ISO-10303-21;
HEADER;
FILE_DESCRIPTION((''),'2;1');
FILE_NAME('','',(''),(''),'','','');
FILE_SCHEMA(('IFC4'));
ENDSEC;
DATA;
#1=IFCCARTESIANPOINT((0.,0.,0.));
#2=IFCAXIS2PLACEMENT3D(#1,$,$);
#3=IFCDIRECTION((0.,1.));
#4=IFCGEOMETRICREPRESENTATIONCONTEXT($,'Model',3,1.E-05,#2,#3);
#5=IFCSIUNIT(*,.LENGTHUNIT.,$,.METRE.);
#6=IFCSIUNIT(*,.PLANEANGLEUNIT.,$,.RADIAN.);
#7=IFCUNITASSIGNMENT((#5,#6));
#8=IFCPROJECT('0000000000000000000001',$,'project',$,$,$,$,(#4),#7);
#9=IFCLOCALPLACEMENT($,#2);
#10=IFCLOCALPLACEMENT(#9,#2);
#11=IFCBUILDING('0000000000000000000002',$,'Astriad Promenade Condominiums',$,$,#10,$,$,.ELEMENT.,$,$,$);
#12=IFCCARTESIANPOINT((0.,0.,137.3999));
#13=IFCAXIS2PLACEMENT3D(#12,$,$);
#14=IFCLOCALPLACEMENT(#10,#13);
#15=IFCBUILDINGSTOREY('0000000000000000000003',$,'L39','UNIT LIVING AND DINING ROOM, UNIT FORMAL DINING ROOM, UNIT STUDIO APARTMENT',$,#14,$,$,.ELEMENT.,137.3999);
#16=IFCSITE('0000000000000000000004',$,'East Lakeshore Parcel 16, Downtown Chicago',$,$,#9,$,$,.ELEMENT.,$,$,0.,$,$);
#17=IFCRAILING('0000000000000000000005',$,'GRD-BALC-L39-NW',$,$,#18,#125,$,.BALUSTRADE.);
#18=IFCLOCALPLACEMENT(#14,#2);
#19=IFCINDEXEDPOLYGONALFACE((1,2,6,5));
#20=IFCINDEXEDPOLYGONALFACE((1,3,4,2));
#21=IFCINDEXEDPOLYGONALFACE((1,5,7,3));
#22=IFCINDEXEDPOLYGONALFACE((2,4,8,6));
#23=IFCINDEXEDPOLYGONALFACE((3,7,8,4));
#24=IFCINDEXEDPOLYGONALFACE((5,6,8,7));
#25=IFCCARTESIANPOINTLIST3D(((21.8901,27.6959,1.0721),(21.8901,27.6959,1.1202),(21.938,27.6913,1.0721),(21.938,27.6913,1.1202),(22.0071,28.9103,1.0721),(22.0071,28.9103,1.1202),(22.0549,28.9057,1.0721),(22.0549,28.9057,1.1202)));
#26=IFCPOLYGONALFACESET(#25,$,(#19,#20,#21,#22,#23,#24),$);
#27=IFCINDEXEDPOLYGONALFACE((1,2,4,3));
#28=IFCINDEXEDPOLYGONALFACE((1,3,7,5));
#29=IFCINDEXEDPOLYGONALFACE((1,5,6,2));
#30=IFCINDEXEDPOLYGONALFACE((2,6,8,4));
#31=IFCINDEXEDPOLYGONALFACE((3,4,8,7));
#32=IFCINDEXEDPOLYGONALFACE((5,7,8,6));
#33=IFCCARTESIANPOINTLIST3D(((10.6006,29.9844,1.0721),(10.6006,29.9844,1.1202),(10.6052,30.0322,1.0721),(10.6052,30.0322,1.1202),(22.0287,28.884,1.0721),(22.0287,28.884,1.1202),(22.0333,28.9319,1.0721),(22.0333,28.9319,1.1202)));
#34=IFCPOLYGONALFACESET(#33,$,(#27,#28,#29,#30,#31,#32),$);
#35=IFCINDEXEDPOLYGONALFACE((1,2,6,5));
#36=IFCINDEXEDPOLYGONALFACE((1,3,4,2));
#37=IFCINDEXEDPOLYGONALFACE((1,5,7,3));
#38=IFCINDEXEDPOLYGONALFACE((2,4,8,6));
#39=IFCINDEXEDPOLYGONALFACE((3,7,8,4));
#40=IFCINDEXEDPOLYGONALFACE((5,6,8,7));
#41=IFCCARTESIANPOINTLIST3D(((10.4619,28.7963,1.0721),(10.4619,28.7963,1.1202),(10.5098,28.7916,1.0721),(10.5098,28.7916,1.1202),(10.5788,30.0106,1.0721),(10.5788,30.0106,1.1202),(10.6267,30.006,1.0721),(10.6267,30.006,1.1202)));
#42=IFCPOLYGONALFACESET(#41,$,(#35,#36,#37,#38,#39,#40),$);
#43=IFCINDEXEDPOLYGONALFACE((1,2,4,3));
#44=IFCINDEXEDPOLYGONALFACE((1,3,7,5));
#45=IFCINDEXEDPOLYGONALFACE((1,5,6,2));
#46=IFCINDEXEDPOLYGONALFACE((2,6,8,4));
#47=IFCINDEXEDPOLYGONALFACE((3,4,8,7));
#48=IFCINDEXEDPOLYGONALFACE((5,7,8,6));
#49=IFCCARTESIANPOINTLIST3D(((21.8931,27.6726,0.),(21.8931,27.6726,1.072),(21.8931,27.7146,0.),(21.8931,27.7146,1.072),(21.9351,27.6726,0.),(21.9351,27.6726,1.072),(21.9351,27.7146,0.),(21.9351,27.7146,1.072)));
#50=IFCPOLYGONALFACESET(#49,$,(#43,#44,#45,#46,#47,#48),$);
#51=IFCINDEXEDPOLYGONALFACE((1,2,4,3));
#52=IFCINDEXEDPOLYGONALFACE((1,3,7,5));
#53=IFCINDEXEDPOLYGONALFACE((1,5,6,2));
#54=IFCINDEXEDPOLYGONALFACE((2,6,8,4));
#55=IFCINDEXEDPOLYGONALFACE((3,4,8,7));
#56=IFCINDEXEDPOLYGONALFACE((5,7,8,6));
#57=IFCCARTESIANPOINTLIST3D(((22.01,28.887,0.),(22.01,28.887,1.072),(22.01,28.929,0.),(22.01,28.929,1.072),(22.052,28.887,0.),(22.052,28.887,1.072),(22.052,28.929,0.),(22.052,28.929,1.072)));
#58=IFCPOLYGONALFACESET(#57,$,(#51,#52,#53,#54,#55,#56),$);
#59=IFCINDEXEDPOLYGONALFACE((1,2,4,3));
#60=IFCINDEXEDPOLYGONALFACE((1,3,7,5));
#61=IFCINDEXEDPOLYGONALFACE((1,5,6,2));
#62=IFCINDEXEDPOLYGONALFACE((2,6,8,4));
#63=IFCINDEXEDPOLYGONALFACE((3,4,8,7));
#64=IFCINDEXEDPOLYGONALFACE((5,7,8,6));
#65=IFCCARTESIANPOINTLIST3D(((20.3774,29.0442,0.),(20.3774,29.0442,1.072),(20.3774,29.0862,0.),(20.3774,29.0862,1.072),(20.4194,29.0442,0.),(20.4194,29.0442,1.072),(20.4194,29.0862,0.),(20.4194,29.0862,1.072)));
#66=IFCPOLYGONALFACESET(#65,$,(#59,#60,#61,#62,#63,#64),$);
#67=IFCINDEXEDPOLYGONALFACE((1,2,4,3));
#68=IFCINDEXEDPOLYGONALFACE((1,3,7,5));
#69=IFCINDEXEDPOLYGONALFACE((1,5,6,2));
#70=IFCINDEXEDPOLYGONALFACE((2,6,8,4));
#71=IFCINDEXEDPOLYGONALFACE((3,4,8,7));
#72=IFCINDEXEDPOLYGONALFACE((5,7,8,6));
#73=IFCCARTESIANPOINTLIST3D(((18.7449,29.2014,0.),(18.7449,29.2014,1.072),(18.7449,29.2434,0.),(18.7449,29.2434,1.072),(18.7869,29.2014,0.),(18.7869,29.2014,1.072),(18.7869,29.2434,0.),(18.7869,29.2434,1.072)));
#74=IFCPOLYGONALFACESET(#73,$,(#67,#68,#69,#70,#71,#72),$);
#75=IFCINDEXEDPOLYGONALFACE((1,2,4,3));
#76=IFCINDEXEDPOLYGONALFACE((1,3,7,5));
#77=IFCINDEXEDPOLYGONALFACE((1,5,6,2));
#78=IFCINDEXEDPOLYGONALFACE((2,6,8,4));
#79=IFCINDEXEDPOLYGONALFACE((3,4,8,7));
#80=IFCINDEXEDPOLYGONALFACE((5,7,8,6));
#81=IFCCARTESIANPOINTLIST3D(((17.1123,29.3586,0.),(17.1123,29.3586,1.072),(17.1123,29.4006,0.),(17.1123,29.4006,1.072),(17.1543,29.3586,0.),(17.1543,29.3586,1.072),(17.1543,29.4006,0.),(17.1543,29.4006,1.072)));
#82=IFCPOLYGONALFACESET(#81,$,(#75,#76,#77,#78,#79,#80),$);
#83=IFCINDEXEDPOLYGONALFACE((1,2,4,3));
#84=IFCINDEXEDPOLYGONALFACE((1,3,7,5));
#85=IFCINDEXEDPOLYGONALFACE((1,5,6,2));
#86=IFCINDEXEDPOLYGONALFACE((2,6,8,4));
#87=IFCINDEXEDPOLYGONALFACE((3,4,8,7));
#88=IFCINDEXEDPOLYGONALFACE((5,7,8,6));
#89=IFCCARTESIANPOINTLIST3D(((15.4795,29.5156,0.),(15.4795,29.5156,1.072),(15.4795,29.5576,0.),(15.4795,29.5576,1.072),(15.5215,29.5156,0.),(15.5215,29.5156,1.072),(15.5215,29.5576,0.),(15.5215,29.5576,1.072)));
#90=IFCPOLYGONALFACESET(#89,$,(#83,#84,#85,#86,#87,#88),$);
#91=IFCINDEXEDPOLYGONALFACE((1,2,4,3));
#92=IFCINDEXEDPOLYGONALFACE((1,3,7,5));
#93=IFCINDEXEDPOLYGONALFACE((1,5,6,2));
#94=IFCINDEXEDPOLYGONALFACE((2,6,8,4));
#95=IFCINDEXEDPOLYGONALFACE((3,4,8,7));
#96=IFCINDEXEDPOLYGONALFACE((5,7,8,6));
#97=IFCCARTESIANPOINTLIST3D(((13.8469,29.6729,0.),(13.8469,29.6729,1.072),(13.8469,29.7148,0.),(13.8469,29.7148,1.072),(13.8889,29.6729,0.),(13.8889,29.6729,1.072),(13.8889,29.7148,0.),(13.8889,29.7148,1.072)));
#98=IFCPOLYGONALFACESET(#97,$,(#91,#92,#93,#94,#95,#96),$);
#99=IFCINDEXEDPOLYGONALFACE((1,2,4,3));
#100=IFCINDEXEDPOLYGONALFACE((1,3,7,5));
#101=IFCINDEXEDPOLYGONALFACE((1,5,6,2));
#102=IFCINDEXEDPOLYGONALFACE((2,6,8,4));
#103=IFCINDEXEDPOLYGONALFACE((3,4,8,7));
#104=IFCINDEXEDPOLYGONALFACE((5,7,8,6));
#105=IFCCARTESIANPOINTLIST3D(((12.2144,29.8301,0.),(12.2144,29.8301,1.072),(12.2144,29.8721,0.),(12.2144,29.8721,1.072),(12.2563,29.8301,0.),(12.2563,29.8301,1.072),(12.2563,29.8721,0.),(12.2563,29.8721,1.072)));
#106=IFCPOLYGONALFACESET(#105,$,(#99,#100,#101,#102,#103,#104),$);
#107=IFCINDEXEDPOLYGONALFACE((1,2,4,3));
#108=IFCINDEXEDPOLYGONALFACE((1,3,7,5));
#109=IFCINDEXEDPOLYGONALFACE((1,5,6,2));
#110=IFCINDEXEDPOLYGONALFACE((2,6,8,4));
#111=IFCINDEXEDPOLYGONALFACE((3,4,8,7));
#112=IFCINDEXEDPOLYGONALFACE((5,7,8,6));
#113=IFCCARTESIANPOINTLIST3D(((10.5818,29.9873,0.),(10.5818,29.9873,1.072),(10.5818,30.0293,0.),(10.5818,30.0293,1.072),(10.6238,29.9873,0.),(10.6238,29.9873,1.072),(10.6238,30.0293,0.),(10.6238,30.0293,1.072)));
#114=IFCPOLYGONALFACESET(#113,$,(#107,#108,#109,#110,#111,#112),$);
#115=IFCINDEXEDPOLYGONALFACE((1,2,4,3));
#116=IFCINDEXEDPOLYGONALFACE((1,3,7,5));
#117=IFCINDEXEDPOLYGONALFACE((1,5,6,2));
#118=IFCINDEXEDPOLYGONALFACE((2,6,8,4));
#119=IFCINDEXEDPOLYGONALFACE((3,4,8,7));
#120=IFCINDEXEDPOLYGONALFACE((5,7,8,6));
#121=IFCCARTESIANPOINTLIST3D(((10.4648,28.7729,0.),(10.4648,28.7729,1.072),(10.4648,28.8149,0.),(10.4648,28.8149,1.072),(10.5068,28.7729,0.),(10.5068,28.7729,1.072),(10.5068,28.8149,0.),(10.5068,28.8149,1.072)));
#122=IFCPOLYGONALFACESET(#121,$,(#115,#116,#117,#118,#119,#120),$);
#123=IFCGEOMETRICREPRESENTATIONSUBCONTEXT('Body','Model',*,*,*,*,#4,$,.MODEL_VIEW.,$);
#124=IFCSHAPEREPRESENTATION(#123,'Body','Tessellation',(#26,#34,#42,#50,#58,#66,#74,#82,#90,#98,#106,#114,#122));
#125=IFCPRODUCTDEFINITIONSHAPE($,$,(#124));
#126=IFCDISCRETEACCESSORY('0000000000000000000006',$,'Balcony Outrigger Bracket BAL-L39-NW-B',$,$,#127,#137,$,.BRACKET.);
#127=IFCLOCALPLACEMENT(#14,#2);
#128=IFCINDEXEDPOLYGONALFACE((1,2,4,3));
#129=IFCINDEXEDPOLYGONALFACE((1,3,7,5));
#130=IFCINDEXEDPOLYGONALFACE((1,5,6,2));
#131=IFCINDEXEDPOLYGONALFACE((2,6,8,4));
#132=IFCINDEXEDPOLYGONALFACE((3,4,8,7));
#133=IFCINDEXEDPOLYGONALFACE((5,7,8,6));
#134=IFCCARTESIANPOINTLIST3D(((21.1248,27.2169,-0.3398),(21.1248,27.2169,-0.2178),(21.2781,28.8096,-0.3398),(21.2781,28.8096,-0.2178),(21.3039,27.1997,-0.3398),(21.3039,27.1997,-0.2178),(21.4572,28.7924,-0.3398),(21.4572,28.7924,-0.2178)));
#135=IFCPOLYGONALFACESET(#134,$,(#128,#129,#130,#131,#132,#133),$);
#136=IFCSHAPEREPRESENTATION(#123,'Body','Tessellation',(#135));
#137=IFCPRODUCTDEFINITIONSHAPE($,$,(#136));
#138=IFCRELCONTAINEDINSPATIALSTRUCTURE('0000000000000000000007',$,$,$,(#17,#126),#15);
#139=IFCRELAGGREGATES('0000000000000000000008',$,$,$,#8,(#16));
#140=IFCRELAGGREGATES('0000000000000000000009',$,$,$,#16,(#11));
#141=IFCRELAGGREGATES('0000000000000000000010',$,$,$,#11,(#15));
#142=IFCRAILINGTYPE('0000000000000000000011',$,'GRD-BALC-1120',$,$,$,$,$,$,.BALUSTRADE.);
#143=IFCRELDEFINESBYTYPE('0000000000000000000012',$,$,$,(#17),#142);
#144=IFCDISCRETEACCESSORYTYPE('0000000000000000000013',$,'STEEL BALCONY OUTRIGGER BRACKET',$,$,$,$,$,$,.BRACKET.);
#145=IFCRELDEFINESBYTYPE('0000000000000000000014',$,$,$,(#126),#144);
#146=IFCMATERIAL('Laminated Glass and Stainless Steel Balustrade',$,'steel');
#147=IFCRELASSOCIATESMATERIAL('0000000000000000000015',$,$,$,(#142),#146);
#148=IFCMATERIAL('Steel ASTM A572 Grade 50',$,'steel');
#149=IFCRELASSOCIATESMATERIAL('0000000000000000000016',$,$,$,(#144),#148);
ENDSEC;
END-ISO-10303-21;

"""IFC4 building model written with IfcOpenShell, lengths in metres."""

from ifc_helpers import new_model, si_unit, direction, frame, origin, origin_2d, place, context, subcontext, project, spatial, rectangle, extrude, source, transform, mapped, material, type_object, type_shapes, element, save


model = new_model("IFC4")

# Units and contexts
model_context = context("Model", 3, precision=1e-05, world=origin(), true_north=direction((0.0, 1.0)))
body_context = subcontext(model_context, "Body", "Model", "MODEL_VIEW")
ifc_project = project(units=[si_unit("LENGTHUNIT", "METRE"), si_unit("PLANEANGLEUNIT", "RADIAN")], contexts=[model_context])

# Site, building, storey
site_placement = place(None, origin())
site = spatial("IfcSite", under=ifc_project, at=site_placement, Name="East Lakeshore Parcel 16, Downtown Chicago", CompositionType="ELEMENT", RefElevation=0.0)
building_placement = place(site_placement, origin())
building = spatial("IfcBuilding", under=site, at=building_placement, Name="Astriad Promenade Condominiums", CompositionType="ELEMENT")
storey_placement = place(building_placement, frame((0.0, 0.0, 137.3999)))
storey = spatial("IfcBuildingStorey", under=building, at=storey_placement, Name="L39", Description="UNIT LIVING AND DINING ROOM, UNIT FORMAL DINING ROOM, UNIT STUDIO APARTMENT", CompositionType="ELEMENT", Elevation=137.3999)

# Railing
ifc_material_1 = material(Name="Laminated Glass and Stainless Steel Balustrade", Category="steel")
railing_type = type_object("IfcRailingType", Name="GRD-BALC-1120", PredefinedType="BALUSTRADE", material=ifc_material_1)
shared_shape_1 = source(origin(), body_context, "Body", "SweptSolid", [
    extrude(rectangle(XDim=0.0481, YDim=0.0481, at=origin_2d()), frame((0.0, 0.0, 1.0962), z_axis=(0.095857, 0.995395, 0.0), x_axis=(-0.995395, 0.095857, 0.0)), (0.0, 0.0, 1.0), 1.22),
    extrude(rectangle(XDim=0.0481, YDim=0.0481, at=origin_2d()), frame((0.1169, 1.2144, 1.0962), z_axis=(-0.995397, 0.09584, 0.0), x_axis=(-0.09584, -0.995397, 0.0)), (0.0, 0.0, 1.0), 11.481),
    extrude(rectangle(XDim=0.0481, YDim=0.0481, at=origin_2d()), frame((-11.3113, 2.3147, 1.0962), z_axis=(-0.095857, -0.995395, 0.0), x_axis=(0.995395, -0.095857, 0.0)), (0.0, 0.0, 1.0), 1.22),
    extrude(rectangle(XDim=0.042, YDim=0.042, at=origin_2d()), origin(), (0.0, 0.0, 1.0), 1.072),
    extrude(rectangle(XDim=0.042, YDim=0.042, at=origin_2d()), frame((0.1169, 1.2144, 0.0)), (0.0, 0.0, 1.0), 1.072),
    extrude(rectangle(XDim=0.042, YDim=0.042, at=origin_2d()), frame((-1.5156, 1.3716, 0.0)), (0.0, 0.0, 1.0), 1.072),
    extrude(rectangle(XDim=0.042, YDim=0.042, at=origin_2d()), frame((-3.1482, 1.5288, 0.0)), (0.0, 0.0, 1.0), 1.072),
    extrude(rectangle(XDim=0.042, YDim=0.042, at=origin_2d()), frame((-4.7808, 1.686, 0.0)), (0.0, 0.0, 1.0), 1.072),
    extrude(rectangle(XDim=0.042, YDim=0.042, at=origin_2d()), frame((-6.4136, 1.843, 0.0)), (0.0, 0.0, 1.0), 1.072),
    extrude(rectangle(XDim=0.042, YDim=0.042, at=origin_2d()), frame((-8.0461, 2.0002, 0.0)), (0.0, 0.0, 1.0), 1.072),
    extrude(rectangle(XDim=0.042, YDim=0.042, at=origin_2d()), frame((-9.6787, 2.1575, 0.0)), (0.0, 0.0, 1.0), 1.072),
    extrude(rectangle(XDim=0.042, YDim=0.042, at=origin_2d()), frame((-11.3113, 2.3147, 0.0)), (0.0, 0.0, 1.0), 1.072),
    extrude(rectangle(XDim=0.042, YDim=0.042, at=origin_2d()), frame((-11.4282, 1.1003, 0.0)), (0.0, 0.0, 1.0), 1.072),
])
type_shapes(railing_type, [shared_shape_1])
railing_placement = place(storey_placement, frame((21.9141, 27.6936, 0.0)))
element("IfcRailing", 1, at=railing_placement, inside=storey, type_object=railing_type, Name="GRD-BALC-L39-NW", PredefinedType="BALUSTRADE", context=body_context, shape_type="MappedRepresentation", body=[
    mapped(shared_shape_1, transform((0.0, 0.0, 0.0), scale=1.0)),
])

# Discrete accessory
ifc_material_2 = material(Name="Steel ASTM A572 Grade 50", Category="steel")
discrete_accessory_type = type_object("IfcDiscreteAccessoryType", Name="STEEL BALCONY OUTRIGGER BRACKET", PredefinedType="BRACKET", material=ifc_material_2)
shared_shape_2 = source(origin(), body_context, "Body", "SweptSolid", [
    extrude(rectangle(XDim=1.6001, YDim=0.1799, at=origin_2d()), origin(), (0.0, 0.0, 1.0), 0.1221),
])
type_shapes(discrete_accessory_type, [shared_shape_2])
discrete_accessory_placement = place(storey_placement, frame((21.291, 28.0046, -0.3398), z_axis=(0.0, 0.0, 1.0), x_axis=(0.095846, 0.995396, 0.0)))
element("IfcDiscreteAccessory", 2, at=discrete_accessory_placement, inside=storey, type_object=discrete_accessory_type, Name="Balcony Outrigger Bracket BAL-L39-NW-B", PredefinedType="BRACKET", context=body_context, shape_type="MappedRepresentation", body=[
    mapped(shared_shape_2, transform((0.0, 0.0, 0.0), scale=1.0)),
])

save(model, "model.ifc")
